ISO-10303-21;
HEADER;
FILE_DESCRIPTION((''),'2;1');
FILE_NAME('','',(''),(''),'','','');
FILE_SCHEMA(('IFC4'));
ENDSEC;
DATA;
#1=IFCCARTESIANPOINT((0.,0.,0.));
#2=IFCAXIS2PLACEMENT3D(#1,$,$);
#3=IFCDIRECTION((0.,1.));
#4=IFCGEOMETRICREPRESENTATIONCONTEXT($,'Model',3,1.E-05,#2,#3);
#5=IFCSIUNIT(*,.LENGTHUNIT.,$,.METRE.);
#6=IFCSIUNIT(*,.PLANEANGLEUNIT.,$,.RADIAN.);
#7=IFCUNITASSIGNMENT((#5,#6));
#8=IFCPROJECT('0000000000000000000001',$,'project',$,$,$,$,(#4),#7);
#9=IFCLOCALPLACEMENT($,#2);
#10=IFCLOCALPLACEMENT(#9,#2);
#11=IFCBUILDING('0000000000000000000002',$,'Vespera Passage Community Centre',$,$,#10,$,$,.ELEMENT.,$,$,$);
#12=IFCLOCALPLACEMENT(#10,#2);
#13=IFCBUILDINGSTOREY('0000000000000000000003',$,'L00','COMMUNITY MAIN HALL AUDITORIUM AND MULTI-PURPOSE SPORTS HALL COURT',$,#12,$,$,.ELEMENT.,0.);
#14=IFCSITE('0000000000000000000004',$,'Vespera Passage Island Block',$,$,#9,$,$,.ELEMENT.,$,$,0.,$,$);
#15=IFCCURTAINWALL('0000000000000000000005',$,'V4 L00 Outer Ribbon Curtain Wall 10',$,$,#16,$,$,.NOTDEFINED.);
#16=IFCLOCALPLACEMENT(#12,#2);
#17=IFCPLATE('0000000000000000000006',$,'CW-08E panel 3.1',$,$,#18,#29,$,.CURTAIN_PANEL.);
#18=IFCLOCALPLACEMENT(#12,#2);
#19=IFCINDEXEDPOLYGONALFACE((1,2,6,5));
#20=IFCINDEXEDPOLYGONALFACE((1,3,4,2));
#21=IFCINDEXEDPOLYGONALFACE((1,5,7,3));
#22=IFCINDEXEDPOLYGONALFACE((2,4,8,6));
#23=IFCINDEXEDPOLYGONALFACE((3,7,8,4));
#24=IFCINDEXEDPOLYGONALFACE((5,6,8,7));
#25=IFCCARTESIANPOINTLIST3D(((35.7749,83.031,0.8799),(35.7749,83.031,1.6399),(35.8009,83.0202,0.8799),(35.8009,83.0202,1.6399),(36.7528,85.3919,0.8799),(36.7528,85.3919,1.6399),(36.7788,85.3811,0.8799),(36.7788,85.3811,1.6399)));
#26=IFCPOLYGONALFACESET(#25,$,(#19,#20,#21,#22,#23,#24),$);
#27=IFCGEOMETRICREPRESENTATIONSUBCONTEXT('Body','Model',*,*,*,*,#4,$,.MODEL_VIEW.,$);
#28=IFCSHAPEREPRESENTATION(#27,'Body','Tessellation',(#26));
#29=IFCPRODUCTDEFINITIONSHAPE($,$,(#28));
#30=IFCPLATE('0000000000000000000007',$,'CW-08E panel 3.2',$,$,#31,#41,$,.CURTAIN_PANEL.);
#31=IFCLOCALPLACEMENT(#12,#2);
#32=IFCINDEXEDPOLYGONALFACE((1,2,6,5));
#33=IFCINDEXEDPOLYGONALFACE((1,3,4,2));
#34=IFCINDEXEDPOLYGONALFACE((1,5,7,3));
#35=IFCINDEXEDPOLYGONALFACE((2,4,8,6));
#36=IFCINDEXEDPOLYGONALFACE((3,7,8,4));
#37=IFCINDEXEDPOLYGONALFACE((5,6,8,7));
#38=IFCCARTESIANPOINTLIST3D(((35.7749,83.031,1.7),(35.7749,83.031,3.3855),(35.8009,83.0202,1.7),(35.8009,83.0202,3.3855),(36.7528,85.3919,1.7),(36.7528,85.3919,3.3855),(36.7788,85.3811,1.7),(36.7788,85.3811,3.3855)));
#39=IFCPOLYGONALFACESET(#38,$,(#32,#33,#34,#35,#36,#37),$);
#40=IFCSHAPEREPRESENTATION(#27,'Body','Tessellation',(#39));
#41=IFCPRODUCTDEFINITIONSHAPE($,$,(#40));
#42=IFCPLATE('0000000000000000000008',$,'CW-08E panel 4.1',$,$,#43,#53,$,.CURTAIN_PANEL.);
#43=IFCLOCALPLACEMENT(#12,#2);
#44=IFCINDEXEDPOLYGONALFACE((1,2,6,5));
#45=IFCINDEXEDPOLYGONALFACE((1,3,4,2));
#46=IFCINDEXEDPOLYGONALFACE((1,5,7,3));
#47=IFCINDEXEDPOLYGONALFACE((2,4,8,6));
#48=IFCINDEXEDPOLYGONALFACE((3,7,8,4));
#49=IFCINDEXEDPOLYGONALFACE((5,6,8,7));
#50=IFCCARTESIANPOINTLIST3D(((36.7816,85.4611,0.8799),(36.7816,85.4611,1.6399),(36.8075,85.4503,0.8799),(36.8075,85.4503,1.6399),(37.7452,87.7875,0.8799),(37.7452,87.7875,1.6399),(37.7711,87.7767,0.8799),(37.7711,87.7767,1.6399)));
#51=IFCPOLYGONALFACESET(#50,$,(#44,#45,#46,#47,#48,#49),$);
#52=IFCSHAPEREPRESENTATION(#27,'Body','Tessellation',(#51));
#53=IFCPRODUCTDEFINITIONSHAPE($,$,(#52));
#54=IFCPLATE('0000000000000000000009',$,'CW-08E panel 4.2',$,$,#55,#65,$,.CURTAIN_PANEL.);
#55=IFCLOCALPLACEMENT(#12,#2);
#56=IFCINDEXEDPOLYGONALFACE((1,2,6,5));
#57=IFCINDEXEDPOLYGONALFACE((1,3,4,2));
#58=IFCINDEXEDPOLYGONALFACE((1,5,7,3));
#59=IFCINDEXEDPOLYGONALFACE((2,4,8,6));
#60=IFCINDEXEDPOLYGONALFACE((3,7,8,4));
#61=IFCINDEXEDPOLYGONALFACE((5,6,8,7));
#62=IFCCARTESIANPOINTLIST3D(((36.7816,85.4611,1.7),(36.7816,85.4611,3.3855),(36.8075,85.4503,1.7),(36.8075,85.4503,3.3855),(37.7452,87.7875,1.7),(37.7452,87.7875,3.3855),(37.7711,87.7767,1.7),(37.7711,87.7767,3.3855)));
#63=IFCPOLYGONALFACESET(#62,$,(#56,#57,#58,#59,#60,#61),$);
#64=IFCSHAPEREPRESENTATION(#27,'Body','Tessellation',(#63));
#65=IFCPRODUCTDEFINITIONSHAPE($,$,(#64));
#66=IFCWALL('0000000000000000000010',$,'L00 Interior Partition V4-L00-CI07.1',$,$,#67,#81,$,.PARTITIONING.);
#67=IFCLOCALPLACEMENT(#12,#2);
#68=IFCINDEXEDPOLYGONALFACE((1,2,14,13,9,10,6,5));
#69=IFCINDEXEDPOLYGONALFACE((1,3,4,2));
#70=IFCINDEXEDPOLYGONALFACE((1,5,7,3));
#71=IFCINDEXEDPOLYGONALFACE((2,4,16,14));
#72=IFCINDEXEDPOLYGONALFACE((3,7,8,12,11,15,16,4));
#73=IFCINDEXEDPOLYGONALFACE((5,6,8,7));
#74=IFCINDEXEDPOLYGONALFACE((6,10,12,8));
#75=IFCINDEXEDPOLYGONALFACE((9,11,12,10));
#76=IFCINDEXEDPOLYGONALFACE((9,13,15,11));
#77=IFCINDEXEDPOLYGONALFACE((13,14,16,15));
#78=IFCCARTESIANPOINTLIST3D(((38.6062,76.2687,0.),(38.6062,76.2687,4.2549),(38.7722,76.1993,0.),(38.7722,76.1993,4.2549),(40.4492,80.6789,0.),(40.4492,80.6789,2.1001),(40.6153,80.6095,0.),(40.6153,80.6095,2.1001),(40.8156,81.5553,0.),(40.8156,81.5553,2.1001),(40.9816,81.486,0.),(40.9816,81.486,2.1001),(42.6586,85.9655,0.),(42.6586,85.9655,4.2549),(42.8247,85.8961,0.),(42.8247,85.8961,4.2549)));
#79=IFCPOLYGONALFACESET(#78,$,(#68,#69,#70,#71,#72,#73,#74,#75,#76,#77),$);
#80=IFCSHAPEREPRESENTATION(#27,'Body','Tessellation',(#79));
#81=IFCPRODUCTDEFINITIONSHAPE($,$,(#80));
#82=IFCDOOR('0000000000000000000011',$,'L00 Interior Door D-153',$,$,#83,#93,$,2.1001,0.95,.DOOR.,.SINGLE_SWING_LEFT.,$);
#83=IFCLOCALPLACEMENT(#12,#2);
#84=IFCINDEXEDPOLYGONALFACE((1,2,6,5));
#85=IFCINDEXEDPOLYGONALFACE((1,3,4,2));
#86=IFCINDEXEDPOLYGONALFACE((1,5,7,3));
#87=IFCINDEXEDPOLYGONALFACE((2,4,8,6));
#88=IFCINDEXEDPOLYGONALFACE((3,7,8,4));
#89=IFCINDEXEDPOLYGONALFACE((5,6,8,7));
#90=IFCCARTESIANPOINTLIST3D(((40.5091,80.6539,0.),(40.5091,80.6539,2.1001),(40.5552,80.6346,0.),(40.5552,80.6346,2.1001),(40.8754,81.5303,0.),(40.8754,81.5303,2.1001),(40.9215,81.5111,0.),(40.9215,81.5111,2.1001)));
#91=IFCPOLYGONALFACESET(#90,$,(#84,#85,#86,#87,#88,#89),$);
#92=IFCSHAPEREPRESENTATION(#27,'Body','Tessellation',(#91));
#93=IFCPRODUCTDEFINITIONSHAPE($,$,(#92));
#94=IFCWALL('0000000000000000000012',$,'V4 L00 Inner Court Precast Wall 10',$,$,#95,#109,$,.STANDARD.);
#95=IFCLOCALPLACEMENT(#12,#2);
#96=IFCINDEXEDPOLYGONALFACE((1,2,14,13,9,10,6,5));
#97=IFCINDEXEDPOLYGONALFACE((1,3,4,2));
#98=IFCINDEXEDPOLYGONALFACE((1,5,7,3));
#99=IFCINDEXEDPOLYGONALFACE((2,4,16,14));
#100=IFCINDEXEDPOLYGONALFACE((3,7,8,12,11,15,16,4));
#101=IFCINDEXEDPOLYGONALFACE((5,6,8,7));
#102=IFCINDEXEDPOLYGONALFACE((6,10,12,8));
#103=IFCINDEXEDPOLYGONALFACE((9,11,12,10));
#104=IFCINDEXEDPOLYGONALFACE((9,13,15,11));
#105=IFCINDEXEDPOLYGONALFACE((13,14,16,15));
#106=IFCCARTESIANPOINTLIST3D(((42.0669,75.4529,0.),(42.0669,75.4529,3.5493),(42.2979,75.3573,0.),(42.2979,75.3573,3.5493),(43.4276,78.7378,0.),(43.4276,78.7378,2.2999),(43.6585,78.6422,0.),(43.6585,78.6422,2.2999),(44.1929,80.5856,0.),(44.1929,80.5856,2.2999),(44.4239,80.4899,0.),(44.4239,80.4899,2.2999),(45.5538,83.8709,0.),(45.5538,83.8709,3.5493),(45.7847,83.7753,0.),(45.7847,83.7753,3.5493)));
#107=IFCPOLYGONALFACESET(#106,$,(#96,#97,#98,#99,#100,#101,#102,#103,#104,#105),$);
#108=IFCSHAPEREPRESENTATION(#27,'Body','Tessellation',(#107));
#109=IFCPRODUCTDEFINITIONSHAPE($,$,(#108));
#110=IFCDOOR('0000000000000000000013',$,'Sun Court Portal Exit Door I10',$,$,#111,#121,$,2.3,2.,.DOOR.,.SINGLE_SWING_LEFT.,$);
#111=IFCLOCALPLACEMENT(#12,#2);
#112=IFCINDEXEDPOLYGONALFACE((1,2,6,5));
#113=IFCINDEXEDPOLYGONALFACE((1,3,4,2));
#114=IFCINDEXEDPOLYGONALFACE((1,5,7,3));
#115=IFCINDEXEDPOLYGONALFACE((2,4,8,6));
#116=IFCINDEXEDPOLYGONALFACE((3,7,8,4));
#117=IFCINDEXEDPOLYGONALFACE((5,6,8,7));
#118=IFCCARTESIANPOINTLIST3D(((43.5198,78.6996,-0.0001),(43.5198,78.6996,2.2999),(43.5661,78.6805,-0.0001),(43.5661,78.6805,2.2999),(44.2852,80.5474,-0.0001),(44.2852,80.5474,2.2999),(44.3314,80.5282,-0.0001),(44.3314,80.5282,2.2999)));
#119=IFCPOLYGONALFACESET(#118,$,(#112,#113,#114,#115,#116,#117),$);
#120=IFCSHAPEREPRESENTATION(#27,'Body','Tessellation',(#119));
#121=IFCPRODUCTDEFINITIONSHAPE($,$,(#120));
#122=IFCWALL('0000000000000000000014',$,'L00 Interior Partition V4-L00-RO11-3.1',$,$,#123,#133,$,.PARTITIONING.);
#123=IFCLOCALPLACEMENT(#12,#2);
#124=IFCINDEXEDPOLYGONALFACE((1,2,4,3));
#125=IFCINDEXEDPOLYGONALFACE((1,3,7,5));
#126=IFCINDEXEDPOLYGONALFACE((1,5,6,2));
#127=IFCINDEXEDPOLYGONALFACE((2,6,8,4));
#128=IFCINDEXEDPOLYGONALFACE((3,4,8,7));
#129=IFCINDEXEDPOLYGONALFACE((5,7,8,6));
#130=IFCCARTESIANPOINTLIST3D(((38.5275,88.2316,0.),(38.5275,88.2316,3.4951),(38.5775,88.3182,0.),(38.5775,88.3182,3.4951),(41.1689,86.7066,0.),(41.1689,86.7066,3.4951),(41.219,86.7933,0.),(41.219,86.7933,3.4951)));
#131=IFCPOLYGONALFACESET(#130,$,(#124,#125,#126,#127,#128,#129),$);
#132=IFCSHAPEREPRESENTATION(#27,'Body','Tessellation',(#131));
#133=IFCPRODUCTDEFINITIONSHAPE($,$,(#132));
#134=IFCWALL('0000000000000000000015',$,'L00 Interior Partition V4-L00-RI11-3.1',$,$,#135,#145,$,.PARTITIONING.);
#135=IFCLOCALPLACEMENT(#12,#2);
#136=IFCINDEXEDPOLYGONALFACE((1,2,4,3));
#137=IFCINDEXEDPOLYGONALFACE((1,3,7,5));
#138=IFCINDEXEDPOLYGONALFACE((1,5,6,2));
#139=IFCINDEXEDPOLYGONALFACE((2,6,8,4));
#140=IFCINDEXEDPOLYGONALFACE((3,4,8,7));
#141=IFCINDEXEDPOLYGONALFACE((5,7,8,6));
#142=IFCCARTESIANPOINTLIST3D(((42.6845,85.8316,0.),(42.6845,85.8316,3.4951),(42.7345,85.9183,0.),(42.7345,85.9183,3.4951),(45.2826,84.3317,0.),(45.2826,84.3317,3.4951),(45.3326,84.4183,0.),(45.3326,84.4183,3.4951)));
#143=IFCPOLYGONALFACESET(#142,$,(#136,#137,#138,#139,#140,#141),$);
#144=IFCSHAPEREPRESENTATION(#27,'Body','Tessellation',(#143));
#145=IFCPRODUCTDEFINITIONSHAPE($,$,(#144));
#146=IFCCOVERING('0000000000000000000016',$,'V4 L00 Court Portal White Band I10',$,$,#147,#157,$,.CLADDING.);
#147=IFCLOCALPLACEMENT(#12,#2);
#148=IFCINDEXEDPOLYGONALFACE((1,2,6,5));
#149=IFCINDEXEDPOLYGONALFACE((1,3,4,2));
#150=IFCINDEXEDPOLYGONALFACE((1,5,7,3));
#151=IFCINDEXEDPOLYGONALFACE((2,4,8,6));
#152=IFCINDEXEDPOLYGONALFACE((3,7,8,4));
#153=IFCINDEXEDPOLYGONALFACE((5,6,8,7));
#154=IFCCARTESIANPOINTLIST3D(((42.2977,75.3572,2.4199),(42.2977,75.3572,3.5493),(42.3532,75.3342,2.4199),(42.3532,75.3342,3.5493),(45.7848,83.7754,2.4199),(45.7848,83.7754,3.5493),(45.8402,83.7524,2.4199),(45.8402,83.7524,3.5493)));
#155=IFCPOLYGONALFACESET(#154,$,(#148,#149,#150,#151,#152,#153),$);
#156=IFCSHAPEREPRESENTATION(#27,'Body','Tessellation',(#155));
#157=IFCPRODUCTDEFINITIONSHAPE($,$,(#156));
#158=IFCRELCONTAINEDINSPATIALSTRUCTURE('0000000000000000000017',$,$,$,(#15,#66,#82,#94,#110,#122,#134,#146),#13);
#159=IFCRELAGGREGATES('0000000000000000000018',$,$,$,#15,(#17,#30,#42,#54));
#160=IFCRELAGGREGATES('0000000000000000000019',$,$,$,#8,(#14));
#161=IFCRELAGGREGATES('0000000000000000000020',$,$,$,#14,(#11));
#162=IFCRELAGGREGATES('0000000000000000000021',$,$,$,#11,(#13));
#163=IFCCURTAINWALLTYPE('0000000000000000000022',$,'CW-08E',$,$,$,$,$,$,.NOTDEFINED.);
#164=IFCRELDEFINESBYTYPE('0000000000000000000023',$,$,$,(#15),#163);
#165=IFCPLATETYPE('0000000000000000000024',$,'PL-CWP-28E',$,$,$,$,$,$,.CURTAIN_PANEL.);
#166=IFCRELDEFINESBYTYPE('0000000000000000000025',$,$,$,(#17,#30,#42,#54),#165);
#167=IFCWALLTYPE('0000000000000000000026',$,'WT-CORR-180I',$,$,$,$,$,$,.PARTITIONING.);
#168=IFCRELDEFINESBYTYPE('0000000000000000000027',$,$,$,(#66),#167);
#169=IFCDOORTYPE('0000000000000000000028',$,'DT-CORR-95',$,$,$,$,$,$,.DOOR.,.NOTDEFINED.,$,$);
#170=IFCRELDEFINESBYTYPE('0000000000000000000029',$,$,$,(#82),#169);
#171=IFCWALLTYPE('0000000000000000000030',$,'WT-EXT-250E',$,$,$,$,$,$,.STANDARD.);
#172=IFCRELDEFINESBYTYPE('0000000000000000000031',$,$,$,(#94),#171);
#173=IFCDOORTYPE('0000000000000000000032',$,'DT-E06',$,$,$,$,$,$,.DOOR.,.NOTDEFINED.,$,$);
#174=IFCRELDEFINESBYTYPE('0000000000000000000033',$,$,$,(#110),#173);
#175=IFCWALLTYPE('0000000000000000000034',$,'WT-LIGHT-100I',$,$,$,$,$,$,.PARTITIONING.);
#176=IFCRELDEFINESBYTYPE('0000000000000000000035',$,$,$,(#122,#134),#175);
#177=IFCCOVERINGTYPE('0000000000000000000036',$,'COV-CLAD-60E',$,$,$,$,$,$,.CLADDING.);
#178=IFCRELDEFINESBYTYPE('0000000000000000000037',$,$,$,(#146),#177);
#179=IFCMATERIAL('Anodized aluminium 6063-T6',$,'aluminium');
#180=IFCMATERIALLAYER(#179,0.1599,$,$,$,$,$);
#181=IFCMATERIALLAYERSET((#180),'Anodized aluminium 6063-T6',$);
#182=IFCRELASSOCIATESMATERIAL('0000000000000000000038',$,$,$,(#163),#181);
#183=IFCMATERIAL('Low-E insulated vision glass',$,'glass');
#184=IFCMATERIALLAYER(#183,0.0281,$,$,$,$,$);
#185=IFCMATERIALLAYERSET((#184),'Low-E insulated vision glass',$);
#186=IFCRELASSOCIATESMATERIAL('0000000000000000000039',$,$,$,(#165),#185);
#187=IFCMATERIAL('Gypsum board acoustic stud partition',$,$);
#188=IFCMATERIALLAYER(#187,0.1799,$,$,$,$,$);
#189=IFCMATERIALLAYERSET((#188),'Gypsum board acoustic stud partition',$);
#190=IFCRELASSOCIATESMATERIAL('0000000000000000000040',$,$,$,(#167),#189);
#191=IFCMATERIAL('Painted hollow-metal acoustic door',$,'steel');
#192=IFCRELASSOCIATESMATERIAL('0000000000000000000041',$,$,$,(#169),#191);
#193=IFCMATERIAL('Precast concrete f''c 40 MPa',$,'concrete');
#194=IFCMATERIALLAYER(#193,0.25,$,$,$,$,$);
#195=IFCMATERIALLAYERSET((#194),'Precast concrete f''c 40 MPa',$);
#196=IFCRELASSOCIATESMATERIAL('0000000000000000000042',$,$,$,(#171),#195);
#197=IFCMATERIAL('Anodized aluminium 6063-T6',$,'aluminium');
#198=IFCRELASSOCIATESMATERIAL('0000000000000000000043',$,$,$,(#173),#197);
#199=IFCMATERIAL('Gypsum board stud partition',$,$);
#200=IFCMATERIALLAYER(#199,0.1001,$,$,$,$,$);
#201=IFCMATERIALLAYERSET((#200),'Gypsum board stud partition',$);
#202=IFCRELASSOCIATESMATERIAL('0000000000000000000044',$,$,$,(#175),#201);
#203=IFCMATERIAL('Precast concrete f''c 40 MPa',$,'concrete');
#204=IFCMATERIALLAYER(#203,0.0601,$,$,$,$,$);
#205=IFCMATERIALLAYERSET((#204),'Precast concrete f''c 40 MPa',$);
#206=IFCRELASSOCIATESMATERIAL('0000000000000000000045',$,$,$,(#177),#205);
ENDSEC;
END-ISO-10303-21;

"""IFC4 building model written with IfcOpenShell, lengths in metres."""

from ifc_helpers import new_model, si_unit, direction, frame, frame_2d, origin, origin_2d, place, context, subcontext, project, spatial, rectangle, extrude, material, layer, layer_set, type_object, element, fill, aggregate, save


model = new_model("IFC4")

# Units and contexts
model_context = context("Model", 3, precision=1e-05, world=origin(), true_north=direction((0.0, 1.0)))
body_context = subcontext(model_context, "Body", "Model", "MODEL_VIEW")
ifc_project = project(units=[si_unit("LENGTHUNIT", "METRE"), si_unit("PLANEANGLEUNIT", "RADIAN")], contexts=[model_context])

# Site, building, storey
site_placement = place(None, origin())
site = spatial("IfcSite", under=ifc_project, at=site_placement, Name="Vespera Passage Island Block", CompositionType="ELEMENT", RefElevation=0.0)
building_placement = place(site_placement, origin())
building = spatial("IfcBuilding", under=site, at=building_placement, Name="Vespera Passage Community Centre", CompositionType="ELEMENT")
storey_placement = place(building_placement, origin())
storey = spatial("IfcBuildingStorey", under=building, at=storey_placement, Name="L00", Description="COMMUNITY MAIN HALL AUDITORIUM AND MULTI-PURPOSE SPORTS HALL COURT", CompositionType="ELEMENT", Elevation=0.0)

# Curtain wall
ifc_material_1 = material(Name="Anodized aluminium 6063-T6", Category="aluminium")
ifc_layer_1 = layer(ifc_material_1, 0.1599)
ifc_layer_set_1 = layer_set([ifc_layer_1], Name="Anodized aluminium 6063-T6")
curtain_wall_type_1 = type_object("IfcCurtainWallType", Name="CW-08E", PredefinedType="NOTDEFINED", material=ifc_layer_set_1)
curtain_wall_1_placement = place(storey_placement, origin())
curtain_wall_1 = element("IfcCurtainWall", 1, at=curtain_wall_1_placement, inside=storey, type_object=curtain_wall_type_1, Name="V4 L00 Outer Ribbon Curtain Wall 10", PredefinedType="NOTDEFINED")

# Plates
ifc_material_2 = material(Name="Low-E insulated vision glass", Category="glass")
ifc_layer_2 = layer(ifc_material_2, 0.0281)
ifc_layer_set_2 = layer_set([ifc_layer_2], Name="Low-E insulated vision glass")
plate_type_1 = type_object("IfcPlateType", Name="PL-CWP-28E", PredefinedType="CURTAIN_PANEL", material=ifc_layer_set_2)
plate_1_placement = place(storey_placement, frame((36.2769, 84.2061, 0.8799), z_axis=(0.0, 0.0, 1.0), x_axis=(0.382679, 0.923881, 0.0)))
plate_1 = element("IfcPlate", 2, at=plate_1_placement, type_object=plate_type_1, Name="CW-08E panel 3.1", PredefinedType="CURTAIN_PANEL", context=body_context, shape_type="SweptSolid", body=[
    extrude(rectangle(XDim=2.5554, YDim=0.0281, at=origin_2d()), origin(), (0.0, 0.0, 1.0), 0.76),
])
plate_2_placement = place(storey_placement, frame((36.2769, 84.2061, 1.7), z_axis=(0.0, 0.0, 1.0), x_axis=(0.382679, 0.923881, 0.0)))
plate_2 = element("IfcPlate", 3, at=plate_2_placement, type_object=plate_type_1, Name="CW-08E panel 3.2", PredefinedType="CURTAIN_PANEL", context=body_context, shape_type="SweptSolid", body=[
    extrude(rectangle(XDim=2.5554, YDim=0.0281, at=origin_2d()), origin(), (0.0, 0.0, 1.0), 1.6855),
])
plate_3_placement = place(storey_placement, frame((37.2764, 86.6189, 0.8799), z_axis=(0.0, 0.0, 1.0), x_axis=(0.382679, 0.923881, 0.0)))
plate_3 = element("IfcPlate", 4, at=plate_3_placement, type_object=plate_type_1, Name="CW-08E panel 4.1", PredefinedType="CURTAIN_PANEL", context=body_context, shape_type="SweptSolid", body=[
    extrude(rectangle(XDim=2.5181, YDim=0.0281, at=origin_2d()), origin(), (0.0, 0.0, 1.0), 0.76),
])
plate_4_placement = place(storey_placement, frame((37.2764, 86.6189, 1.7), z_axis=(0.0, 0.0, 1.0), x_axis=(0.382679, 0.923881, 0.0)))
plate_4 = element("IfcPlate", 5, at=plate_4_placement, type_object=plate_type_1, Name="CW-08E panel 4.2", PredefinedType="CURTAIN_PANEL", context=body_context, shape_type="SweptSolid", body=[
    extrude(rectangle(XDim=2.5181, YDim=0.0281, at=origin_2d()), origin(), (0.0, 0.0, 1.0), 1.6855),
])
aggregate(curtain_wall_1, [plate_1, plate_2, plate_3, plate_4])

# Walls, openings, doors
ifc_material_3 = material(Name="Gypsum board acoustic stud partition")
ifc_layer_3 = layer(ifc_material_3, 0.1799)
ifc_layer_set_3 = layer_set([ifc_layer_3], Name="Gypsum board acoustic stud partition")
wall_type_1 = type_object("IfcWallType", Name="WT-CORR-180I", PredefinedType="PARTITIONING", material=ifc_layer_set_3)
wall_1_placement = place(storey_placement, frame((42.7417, 85.9309, 0.0), z_axis=(0.0, 0.0, 1.0), x_axis=(-0.385602, -0.922665, 0.0)))
wall_1 = element("IfcWall", 6, at=wall_1_placement, inside=storey, type_object=wall_type_1, Name="L00 Interior Partition V4-L00-CI07.1", PredefinedType="PARTITIONING", context=body_context, shape_type="SweptSolid", body=[
    extrude(rectangle(XDim=10.5095, YDim=0.1799, at=frame_2d((5.2549, 0.0))), origin(), (0.0, 0.0, 1.0), 4.2549),
])
opening_1_placement = place(wall_1_placement, frame((4.7798, 0.0, 0.0)))
opening_1 = element("IfcOpeningElement", 7, at=opening_1_placement, cuts=wall_1, PredefinedType="OPENING", context=body_context, shape_type="SweptSolid", body=[
    extrude(rectangle(XDim=0.95, YDim=2.1001, at=frame_2d((0.4751, 1.05))), frame((0.0, 0.0999, 0.0), z_axis=(0.0, -1.0, 0.0), x_axis=(1.0, 0.0, 0.0)), (0.0, 0.0, 1.0), 0.2),
])
ifc_material_4 = material(Name="Painted hollow-metal acoustic door", Category="steel")
door_type_1 = type_object("IfcDoorType", Name="DT-CORR-95", OperationType="NOTDEFINED", PredefinedType="DOOR", material=ifc_material_4)
door_1_placement = place(opening_1_placement, origin())
door_1 = element("IfcDoor", 8, at=door_1_placement, inside=storey, type_object=door_type_1, Name="L00 Interior Door D-153", OperationType="SINGLE_SWING_LEFT", OverallHeight=2.1001, OverallWidth=0.95, PredefinedType="DOOR", context=body_context, shape_type="SweptSolid", body=[
    extrude(rectangle(XDim=0.95, YDim=2.1001, at=frame_2d((0.4751, 1.05))), frame((0.0, 0.0249, 0.0), z_axis=(0.0, -1.0, 0.0), x_axis=(1.0, 0.0, 0.0)), (0.0, 0.0, 1.0), 0.05),
])
fill(opening_1, door_1)
ifc_material_5 = material(Name="Precast concrete f'c 40 MPa", Category="concrete")
ifc_layer_4 = layer(ifc_material_5, 0.25)
ifc_layer_set_4 = layer_set([ifc_layer_4], Name="Precast concrete f'c 40 MPa")
wall_type_2 = type_object("IfcWallType", Name="WT-EXT-250E", PredefinedType="STANDARD", material=ifc_layer_set_4)
wall_2_placement = place(storey_placement, frame((45.6692, 83.823, 0.0), z_axis=(0.0, 0.0, 1.0), x_axis=(-0.382682, -0.92388, 0.0)))
wall_2 = element("IfcWall", 9, at=wall_2_placement, inside=storey, type_object=wall_type_2, Name="V4 L00 Inner Court Precast Wall 10", PredefinedType="STANDARD", context=body_context, shape_type="SweptSolid", body=[
    extrude(rectangle(XDim=9.1116, YDim=0.25, at=frame_2d((4.5557, 0.0))), origin(), (0.0, 0.0, 1.0), 3.5493),
])
opening_2_placement = place(wall_2_placement, frame((3.5559, 0.0, 0.0)))
opening_2 = element("IfcOpeningElement", 10, at=opening_2_placement, cuts=wall_2, PredefinedType="OPENING", context=body_context, shape_type="SweptSolid", body=[
    extrude(rectangle(XDim=2.0, YDim=2.3, at=frame_2d((1.0, 1.1499))), frame((0.0, 0.135, 0.0), z_axis=(0.0, -1.0, 0.0), x_axis=(1.0, 0.0, 0.0)), (0.0, 0.0, 1.0), 0.27),
])
ifc_material_6 = material(Name="Anodized aluminium 6063-T6", Category="aluminium")
door_type_2 = type_object("IfcDoorType", Name="DT-E06", OperationType="NOTDEFINED", PredefinedType="DOOR", material=ifc_material_6)
door_2_placement = place(opening_2_placement, origin())
door_2 = element("IfcDoor", 11, at=door_2_placement, inside=storey, type_object=door_type_2, Name="Sun Court Portal Exit Door I10", OperationType="SINGLE_SWING_LEFT", OverallHeight=2.3, OverallWidth=2.0, PredefinedType="DOOR", context=body_context, shape_type="SweptSolid", body=[
    extrude(rectangle(XDim=2.0, YDim=2.3, at=frame_2d((1.0, 1.1499))), frame((0.0, 0.0249, 0.0), z_axis=(0.0, -1.0, 0.0), x_axis=(1.0, 0.0, 0.0)), (0.0, 0.0, 1.0), 0.05),
])
fill(opening_2, door_2)

# Walls
ifc_material_7 = material(Name="Gypsum board stud partition")
ifc_layer_5 = layer(ifc_material_7, 0.1001)
ifc_layer_set_5 = layer_set([ifc_layer_5], Name="Gypsum board stud partition")
wall_type_3 = type_object("IfcWallType", Name="WT-LIGHT-100I", PredefinedType="PARTITIONING", material=ifc_layer_set_5)
wall_3_placement = place(storey_placement, frame((41.1938, 86.75, 0.0), z_axis=(0.0, 0.0, 1.0), x_axis=(-0.866038, 0.499979, 0.0)))
element("IfcWall", 12, at=wall_3_placement, inside=storey, type_object=wall_type_3, Name="L00 Interior Partition V4-L00-RO11-3.1", PredefinedType="PARTITIONING", context=body_context, shape_type="SweptSolid", body=[
    extrude(rectangle(XDim=3.05, YDim=0.1001, at=frame_2d((1.5249, 0.0))), origin(), (0.0, 0.0, 1.0), 3.4951),
])
wall_4_placement = place(storey_placement, frame((45.3076, 84.375, 0.0), z_axis=(0.0, 0.0, 1.0), x_axis=(-0.866031, 0.49999, 0.0)))
element("IfcWall", 13, at=wall_4_placement, inside=storey, type_object=wall_type_3, Name="L00 Interior Partition V4-L00-RI11-3.1", PredefinedType="PARTITIONING", context=body_context, shape_type="SweptSolid", body=[
    extrude(rectangle(XDim=3.0, YDim=0.1001, at=frame_2d((1.5, 0.0))), origin(), (0.0, 0.0, 1.0), 3.4951),
])

# Covering
ifc_material_8 = material(Name="Precast concrete f'c 40 MPa", Category="concrete")
ifc_layer_6 = layer(ifc_material_8, 0.0601)
ifc_layer_set_6 = layer_set([ifc_layer_6], Name="Precast concrete f'c 40 MPa")
covering_type = type_object("IfcCoveringType", Name="COV-CLAD-60E", PredefinedType="CLADDING", material=ifc_layer_set_6)
covering_placement = place(storey_placement, frame((45.8125, 83.7639, 2.4199), z_axis=(0.0, 0.0, 1.0), x_axis=(-0.382695, -0.923875, 0.0)))
element("IfcCovering", 14, at=covering_placement, inside=storey, type_object=covering_type, Name="V4 L00 Court Portal White Band I10", PredefinedType="CLADDING", context=body_context, shape_type="SweptSolid", body=[
    extrude(rectangle(XDim=9.1118, YDim=0.0601, at=frame_2d((4.5559, 0.0))), origin(), (0.0, 0.0, 1.0), 1.1294),
])

save(model, "model.ifc")
